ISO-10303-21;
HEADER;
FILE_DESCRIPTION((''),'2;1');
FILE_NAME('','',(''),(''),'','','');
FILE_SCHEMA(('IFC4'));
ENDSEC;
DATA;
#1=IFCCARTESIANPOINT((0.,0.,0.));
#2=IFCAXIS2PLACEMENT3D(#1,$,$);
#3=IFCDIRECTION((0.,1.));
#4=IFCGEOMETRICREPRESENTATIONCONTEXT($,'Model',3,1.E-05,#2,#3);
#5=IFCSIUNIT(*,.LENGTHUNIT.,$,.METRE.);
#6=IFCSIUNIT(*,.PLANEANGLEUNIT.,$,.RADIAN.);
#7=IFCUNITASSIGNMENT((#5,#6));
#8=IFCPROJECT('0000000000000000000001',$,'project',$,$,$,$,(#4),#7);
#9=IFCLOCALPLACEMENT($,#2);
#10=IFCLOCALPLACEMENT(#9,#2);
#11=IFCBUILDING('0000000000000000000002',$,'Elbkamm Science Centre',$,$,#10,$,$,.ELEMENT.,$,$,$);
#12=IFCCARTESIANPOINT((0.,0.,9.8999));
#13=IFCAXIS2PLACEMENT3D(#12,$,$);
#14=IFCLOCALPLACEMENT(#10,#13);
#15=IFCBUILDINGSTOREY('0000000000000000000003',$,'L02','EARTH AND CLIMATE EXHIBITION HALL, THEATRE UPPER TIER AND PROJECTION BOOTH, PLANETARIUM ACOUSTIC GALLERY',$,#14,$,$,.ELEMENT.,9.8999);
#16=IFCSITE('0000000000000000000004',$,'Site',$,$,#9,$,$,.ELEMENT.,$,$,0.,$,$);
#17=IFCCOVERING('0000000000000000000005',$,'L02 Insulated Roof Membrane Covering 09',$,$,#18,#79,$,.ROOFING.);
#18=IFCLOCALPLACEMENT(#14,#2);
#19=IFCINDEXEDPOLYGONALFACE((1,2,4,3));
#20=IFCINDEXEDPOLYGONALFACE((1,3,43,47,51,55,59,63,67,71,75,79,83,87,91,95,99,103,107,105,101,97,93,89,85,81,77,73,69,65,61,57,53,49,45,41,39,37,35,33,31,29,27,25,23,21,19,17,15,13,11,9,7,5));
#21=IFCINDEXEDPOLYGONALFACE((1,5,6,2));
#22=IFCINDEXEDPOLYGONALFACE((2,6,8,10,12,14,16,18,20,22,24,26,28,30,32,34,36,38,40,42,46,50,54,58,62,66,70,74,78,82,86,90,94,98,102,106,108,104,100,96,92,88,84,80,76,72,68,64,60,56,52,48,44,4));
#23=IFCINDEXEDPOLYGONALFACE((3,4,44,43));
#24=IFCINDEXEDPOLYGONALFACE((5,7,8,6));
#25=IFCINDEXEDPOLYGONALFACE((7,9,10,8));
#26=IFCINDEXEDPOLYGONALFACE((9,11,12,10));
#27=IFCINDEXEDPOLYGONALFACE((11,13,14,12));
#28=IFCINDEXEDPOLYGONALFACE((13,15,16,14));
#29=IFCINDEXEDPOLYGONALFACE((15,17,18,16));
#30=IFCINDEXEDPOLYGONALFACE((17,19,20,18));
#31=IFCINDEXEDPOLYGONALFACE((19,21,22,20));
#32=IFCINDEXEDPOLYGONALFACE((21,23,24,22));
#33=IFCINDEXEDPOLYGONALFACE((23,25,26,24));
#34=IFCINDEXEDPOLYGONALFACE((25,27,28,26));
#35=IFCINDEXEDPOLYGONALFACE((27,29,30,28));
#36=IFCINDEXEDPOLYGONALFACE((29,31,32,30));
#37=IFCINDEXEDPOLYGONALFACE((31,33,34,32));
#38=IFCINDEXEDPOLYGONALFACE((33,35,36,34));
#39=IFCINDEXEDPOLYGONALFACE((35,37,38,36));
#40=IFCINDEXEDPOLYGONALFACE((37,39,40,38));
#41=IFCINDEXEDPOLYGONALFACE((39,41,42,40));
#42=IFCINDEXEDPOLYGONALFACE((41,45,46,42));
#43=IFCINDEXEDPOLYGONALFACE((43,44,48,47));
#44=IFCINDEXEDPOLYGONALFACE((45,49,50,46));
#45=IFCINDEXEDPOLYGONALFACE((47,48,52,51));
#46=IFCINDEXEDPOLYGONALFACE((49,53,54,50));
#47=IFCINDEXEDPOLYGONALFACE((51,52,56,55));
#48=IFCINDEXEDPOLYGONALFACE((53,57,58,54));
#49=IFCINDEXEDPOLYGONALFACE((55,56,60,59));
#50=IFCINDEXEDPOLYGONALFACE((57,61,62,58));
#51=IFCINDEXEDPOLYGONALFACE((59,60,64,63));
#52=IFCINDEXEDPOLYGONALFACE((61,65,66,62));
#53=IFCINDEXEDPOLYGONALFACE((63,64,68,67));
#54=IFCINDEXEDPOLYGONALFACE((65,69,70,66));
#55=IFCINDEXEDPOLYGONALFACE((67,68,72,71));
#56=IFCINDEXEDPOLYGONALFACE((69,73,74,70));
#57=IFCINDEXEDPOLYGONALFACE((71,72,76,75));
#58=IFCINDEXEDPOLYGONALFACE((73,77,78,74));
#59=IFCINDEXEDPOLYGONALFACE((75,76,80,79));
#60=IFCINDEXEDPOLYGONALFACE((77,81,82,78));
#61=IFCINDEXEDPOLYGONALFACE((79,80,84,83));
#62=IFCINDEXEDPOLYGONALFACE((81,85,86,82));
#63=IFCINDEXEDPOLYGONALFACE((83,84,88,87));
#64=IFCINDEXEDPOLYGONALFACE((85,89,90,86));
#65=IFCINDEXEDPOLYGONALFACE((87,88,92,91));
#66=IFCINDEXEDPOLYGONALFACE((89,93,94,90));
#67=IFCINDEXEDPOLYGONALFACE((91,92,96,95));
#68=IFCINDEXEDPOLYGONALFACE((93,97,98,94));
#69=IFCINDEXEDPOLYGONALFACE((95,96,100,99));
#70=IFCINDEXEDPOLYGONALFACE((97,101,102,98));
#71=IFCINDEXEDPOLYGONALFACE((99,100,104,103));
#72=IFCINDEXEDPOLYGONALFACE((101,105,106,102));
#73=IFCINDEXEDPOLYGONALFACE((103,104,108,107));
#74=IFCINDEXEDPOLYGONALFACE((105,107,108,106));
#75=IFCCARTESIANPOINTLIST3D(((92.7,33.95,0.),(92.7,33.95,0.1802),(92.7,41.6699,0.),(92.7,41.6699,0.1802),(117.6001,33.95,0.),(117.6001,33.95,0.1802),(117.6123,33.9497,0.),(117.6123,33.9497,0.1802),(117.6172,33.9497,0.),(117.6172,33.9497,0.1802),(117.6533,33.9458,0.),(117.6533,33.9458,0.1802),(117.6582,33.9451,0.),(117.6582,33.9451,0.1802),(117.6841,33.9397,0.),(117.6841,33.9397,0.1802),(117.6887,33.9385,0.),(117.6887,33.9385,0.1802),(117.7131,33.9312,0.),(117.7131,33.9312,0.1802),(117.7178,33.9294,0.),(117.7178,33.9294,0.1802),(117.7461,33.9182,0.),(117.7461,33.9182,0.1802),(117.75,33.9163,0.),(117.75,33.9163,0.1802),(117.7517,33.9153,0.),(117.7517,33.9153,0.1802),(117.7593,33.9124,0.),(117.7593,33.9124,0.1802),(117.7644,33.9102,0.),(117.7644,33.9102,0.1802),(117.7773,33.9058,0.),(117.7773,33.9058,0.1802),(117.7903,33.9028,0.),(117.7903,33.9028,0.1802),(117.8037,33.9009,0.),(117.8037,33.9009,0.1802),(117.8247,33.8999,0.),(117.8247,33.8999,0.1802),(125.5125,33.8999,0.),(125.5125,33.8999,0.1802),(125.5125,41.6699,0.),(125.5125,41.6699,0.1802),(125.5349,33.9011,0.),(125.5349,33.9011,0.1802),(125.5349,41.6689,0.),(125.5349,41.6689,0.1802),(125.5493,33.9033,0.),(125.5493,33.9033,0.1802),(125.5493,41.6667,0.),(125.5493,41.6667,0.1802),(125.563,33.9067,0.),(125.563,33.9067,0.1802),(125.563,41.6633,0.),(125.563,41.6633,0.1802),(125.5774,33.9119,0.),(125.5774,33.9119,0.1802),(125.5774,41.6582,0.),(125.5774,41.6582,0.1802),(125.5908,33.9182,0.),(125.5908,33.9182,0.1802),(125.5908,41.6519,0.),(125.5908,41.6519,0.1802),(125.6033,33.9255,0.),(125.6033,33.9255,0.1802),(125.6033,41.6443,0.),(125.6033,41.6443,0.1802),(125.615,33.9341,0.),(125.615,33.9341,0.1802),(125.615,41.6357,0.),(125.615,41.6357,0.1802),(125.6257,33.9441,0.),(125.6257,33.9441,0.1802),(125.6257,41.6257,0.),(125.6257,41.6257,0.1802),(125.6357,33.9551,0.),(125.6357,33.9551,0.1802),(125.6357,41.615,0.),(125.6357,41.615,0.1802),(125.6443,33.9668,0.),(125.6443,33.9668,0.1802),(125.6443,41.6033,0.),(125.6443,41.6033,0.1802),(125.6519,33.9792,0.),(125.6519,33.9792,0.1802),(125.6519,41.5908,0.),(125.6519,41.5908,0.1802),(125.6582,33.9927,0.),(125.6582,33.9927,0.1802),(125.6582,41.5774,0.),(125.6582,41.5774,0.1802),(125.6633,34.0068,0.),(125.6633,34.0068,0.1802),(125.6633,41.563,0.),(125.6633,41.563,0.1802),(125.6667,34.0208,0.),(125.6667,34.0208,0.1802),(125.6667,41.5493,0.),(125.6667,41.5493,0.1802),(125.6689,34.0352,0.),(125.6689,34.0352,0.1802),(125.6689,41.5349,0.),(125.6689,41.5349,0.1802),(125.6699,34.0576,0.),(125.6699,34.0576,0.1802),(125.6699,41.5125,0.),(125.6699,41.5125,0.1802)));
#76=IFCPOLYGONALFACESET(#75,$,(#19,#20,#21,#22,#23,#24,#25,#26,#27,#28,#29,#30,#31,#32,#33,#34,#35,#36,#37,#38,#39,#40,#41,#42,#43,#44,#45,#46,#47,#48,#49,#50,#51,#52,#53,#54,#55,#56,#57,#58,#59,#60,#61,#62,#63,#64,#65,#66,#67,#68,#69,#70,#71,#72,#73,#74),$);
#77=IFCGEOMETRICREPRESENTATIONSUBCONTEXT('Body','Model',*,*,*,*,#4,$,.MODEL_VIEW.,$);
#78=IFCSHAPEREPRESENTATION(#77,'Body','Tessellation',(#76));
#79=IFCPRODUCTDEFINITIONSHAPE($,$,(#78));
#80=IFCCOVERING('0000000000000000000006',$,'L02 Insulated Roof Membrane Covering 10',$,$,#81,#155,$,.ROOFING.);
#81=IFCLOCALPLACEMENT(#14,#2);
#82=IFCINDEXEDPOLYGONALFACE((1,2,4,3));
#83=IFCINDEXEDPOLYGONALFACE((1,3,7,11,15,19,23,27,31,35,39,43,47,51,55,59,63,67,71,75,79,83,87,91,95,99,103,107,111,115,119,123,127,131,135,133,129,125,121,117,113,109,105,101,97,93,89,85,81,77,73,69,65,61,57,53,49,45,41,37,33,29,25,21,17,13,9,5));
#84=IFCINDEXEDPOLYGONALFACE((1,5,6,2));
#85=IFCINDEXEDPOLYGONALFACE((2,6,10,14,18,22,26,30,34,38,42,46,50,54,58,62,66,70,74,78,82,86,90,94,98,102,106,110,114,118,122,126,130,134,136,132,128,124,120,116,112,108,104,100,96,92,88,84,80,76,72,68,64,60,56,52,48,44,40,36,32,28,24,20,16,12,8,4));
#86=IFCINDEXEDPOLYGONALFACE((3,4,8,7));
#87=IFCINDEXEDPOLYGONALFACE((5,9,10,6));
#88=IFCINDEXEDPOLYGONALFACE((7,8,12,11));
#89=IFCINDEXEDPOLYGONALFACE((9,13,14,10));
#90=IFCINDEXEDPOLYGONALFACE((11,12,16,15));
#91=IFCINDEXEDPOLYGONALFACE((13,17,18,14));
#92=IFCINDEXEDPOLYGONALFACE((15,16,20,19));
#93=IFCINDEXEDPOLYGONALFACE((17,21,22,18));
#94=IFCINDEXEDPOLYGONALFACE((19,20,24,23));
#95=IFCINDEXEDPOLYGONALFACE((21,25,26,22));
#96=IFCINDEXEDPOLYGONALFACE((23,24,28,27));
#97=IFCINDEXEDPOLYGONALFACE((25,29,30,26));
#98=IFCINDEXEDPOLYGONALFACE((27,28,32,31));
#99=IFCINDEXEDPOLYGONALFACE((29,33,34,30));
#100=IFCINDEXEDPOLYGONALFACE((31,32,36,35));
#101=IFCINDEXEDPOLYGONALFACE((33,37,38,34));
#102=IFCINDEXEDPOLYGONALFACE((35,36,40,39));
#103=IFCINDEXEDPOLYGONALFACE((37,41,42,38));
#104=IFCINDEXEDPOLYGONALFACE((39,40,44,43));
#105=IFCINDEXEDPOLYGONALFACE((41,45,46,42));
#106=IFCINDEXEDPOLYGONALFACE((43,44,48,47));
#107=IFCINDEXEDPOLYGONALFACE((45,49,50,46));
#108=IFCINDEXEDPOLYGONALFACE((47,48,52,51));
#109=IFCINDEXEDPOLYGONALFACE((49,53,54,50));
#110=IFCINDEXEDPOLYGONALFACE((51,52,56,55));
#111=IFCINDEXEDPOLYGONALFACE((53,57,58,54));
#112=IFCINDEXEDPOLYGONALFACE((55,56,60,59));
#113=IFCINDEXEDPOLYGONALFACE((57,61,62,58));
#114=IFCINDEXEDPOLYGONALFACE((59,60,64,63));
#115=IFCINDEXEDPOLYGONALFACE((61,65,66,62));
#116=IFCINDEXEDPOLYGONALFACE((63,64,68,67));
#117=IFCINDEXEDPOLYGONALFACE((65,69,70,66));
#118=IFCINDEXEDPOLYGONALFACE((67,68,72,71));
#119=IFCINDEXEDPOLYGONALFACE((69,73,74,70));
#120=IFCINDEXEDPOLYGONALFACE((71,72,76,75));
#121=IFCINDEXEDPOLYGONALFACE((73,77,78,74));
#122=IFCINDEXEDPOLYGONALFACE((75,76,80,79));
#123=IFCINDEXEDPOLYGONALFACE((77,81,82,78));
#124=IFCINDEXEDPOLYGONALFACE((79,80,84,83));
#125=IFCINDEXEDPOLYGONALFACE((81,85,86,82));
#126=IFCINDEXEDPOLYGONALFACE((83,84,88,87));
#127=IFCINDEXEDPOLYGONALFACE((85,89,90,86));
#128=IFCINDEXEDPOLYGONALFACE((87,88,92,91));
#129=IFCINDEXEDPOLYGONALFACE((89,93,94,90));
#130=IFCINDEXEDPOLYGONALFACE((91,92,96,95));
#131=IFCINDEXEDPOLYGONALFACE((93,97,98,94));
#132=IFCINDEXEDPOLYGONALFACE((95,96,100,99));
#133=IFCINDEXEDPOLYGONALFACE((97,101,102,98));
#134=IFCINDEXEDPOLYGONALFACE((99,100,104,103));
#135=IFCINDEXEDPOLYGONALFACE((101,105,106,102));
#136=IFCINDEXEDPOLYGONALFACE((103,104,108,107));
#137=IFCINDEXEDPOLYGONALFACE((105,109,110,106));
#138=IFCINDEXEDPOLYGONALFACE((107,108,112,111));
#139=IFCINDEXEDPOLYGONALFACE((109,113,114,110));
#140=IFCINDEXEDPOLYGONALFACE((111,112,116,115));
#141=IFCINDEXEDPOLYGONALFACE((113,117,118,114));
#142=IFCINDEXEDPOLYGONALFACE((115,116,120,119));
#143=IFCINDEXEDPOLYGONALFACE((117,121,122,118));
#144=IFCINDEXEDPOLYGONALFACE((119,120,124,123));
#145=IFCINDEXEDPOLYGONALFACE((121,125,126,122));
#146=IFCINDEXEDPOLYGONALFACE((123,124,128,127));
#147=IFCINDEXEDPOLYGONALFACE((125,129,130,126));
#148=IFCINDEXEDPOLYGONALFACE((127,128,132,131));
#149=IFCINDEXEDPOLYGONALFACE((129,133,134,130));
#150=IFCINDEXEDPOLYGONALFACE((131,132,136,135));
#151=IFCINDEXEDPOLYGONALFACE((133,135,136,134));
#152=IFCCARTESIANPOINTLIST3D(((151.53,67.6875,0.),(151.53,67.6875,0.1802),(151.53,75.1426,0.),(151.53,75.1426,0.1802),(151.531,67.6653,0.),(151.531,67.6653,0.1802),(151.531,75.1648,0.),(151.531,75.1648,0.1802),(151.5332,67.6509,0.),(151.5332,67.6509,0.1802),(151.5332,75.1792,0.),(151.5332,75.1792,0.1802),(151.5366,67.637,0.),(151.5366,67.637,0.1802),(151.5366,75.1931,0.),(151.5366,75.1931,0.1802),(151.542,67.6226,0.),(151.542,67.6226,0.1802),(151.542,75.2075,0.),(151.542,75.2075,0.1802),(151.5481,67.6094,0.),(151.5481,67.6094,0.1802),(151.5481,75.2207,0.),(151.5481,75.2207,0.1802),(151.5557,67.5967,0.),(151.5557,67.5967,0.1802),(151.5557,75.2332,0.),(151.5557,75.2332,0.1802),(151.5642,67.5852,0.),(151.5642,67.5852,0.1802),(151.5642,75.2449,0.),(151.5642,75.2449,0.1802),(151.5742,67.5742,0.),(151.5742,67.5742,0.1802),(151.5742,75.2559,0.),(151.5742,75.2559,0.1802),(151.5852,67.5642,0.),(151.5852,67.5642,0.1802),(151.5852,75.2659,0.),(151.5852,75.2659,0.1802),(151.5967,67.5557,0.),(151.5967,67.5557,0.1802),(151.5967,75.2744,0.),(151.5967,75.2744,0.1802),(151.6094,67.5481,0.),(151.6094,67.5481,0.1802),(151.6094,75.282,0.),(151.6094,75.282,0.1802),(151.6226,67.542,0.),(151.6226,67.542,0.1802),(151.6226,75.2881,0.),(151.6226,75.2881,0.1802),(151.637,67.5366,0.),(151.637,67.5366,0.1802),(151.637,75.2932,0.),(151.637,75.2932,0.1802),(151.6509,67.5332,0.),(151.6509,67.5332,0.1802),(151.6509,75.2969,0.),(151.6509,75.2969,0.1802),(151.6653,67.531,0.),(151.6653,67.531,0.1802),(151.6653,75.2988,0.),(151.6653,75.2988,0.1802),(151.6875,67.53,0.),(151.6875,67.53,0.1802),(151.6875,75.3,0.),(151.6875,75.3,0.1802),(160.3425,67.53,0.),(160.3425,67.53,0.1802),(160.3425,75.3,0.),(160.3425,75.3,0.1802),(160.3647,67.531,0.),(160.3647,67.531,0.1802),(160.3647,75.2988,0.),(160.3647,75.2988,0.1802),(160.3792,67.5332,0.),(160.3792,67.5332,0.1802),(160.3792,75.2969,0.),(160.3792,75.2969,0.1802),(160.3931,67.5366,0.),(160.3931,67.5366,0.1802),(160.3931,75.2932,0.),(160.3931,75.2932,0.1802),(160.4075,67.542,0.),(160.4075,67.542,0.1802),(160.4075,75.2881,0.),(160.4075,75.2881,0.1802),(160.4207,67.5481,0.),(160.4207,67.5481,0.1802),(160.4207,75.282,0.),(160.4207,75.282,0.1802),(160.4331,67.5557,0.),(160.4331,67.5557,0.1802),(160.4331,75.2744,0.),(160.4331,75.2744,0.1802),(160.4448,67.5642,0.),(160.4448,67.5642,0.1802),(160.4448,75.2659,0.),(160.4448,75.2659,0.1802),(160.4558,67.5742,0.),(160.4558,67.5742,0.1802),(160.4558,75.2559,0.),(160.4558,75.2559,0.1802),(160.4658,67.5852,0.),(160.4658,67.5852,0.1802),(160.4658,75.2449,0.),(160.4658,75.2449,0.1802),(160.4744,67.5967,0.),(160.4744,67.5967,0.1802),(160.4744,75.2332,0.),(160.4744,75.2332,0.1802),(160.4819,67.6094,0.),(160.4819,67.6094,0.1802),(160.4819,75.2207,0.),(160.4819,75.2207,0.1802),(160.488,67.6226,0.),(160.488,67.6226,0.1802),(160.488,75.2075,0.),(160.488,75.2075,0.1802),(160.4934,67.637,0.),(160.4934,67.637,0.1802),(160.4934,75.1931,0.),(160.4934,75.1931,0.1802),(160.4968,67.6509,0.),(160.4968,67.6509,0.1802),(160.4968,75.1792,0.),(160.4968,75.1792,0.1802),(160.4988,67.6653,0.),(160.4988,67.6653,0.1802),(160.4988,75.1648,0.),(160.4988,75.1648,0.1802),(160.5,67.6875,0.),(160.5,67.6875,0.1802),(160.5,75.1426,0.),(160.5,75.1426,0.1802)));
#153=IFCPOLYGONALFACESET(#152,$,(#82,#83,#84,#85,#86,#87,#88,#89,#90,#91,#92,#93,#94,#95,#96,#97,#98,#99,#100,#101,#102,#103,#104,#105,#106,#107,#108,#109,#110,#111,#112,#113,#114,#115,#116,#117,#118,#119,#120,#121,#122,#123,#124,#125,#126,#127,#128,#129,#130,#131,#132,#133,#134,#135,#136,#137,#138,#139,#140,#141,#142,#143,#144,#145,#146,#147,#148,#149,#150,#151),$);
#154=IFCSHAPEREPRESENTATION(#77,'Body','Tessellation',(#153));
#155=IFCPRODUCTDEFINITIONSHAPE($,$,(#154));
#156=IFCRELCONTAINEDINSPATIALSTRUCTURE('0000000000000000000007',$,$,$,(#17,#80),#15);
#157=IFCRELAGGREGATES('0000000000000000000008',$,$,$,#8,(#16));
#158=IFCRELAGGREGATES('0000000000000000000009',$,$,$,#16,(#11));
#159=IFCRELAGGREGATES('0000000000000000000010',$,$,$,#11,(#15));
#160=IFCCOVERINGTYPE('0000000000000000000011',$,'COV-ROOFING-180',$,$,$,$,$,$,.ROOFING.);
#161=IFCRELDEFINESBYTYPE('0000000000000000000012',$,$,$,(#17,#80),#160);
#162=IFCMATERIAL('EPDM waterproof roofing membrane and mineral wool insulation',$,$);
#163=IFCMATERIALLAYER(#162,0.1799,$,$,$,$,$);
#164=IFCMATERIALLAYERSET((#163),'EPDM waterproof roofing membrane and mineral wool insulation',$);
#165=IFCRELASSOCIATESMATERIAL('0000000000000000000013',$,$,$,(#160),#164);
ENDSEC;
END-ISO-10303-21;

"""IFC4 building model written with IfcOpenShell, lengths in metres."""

from ifc_helpers import new_model, si_unit, direction, frame, origin, place, context, subcontext, project, spatial, polyline, outline, extrude, material, layer, layer_set, type_object, element, save


model = new_model("IFC4")

# Units and contexts
model_context = context("Model", 3, precision=1e-05, world=origin(), true_north=direction((0.0, 1.0)))
body_context = subcontext(model_context, "Body", "Model", "MODEL_VIEW")
ifc_project = project(units=[si_unit("LENGTHUNIT", "METRE"), si_unit("PLANEANGLEUNIT", "RADIAN")], contexts=[model_context])

# Site, building, storey
site_placement = place(None, origin())
site = spatial("IfcSite", under=ifc_project, at=site_placement, Name="Site", CompositionType="ELEMENT", RefElevation=0.0)
building_placement = place(site_placement, origin())
building = spatial("IfcBuilding", under=site, at=building_placement, Name="Elbkamm Science Centre", CompositionType="ELEMENT")
storey_placement = place(building_placement, frame((0.0, 0.0, 9.8999)))
storey = spatial("IfcBuildingStorey", under=building, at=storey_placement, Name="L02", Description="EARTH AND CLIMATE EXHIBITION HALL, THEATRE UPPER TIER AND PROJECTION BOOTH, PLANETARIUM ACOUSTIC GALLERY", CompositionType="ELEMENT", Elevation=9.8999)

# Coverings
ifc_material_1 = material(Name="EPDM waterproof roofing membrane and mineral wool insulation")
ifc_layer_1 = layer(ifc_material_1, 0.1799)
ifc_layer_set_1 = layer_set([ifc_layer_1], Name="EPDM waterproof roofing membrane and mineral wool insulation")
covering_type_1 = type_object("IfcCoveringType", Name="COV-ROOFING-180", PredefinedType="ROOFING", material=ifc_layer_set_1)
covering_1_placement = place(storey_placement, origin())
element("IfcCovering", 1, at=covering_1_placement, inside=storey, type_object=covering_type_1, Name="L02 Insulated Roof Membrane Covering 09", PredefinedType="ROOFING", context=body_context, shape_type="SweptSolid", body=[
    extrude(outline(polyline([(92.7, 41.6699), (125.5125, 41.6699), (125.5349, 41.6689), (125.5493, 41.6667), (125.563, 41.6633), (125.5774, 41.6582), (125.5908, 41.6519), (125.6033, 41.6443), (125.615, 41.6357), (125.6257, 41.6257), (125.6357, 41.615), (125.6443, 41.6033), (125.6519, 41.5908), (125.6582, 41.5774), (125.6633, 41.563), (125.6667, 41.5493), (125.6689, 41.5349), (125.6699, 41.5125), (125.6699, 34.0576), (125.6689, 34.0352), (125.6667, 34.0208), (125.6633, 34.0068), (125.6582, 33.9927), (125.6519, 33.9792), (125.6443, 33.9668), (125.6357, 33.9551), (125.6257, 33.9441), (125.615, 33.9341), (125.6033, 33.9255), (125.5908, 33.9182), (125.5774, 33.9119), (125.563, 33.9067), (125.5493, 33.9033), (125.5349, 33.9011), (125.5125, 33.8999), (117.8247, 33.8999), (117.8037, 33.9009), (117.7903, 33.9028), (117.7773, 33.9058), (117.7644, 33.9102), (117.7593, 33.9124), (117.7517, 33.9153), (117.75, 33.9163), (117.7461, 33.9182), (117.7178, 33.9294), (117.7131, 33.9312), (117.6887, 33.9385), (117.6841, 33.9397), (117.6582, 33.9451), (117.6533, 33.9458), (117.6172, 33.9497), (117.6123, 33.9497), (117.6001, 33.95), (92.7, 33.95), (92.7, 41.6699)])), origin(), (0.0, 0.0, 1.0), 0.1802),
])
covering_2_placement = place(storey_placement, origin())
element("IfcCovering", 2, at=covering_2_placement, inside=storey, type_object=covering_type_1, Name="L02 Insulated Roof Membrane Covering 10", PredefinedType="ROOFING", context=body_context, shape_type="SweptSolid", body=[
    extrude(outline(polyline([(160.4968, 67.6509), (160.4934, 67.637), (160.488, 67.6226), (160.4819, 67.6094), (160.4744, 67.5967), (160.4658, 67.5852), (160.4558, 67.5742), (160.4448, 67.5642), (160.4331, 67.5557), (160.4207, 67.5481), (160.4075, 67.542), (160.3931, 67.5366), (160.3792, 67.5332), (160.3647, 67.531), (160.3425, 67.53), (151.6875, 67.53), (151.6653, 67.531), (151.6509, 67.5332), (151.637, 67.5366), (151.6226, 67.542), (151.6094, 67.5481), (151.5967, 67.5557), (151.5852, 67.5642), (151.5742, 67.5742), (151.5642, 67.5852), (151.5557, 67.5967), (151.5481, 67.6094), (151.542, 67.6226), (151.5366, 67.637), (151.5332, 67.6509), (151.531, 67.6653), (151.53, 67.6875), (151.53, 75.1426), (151.531, 75.1648), (151.5332, 75.1792), (151.5366, 75.1931), (151.542, 75.2075), (151.5481, 75.2207), (151.5557, 75.2332), (151.5642, 75.2449), (151.5742, 75.2559), (151.5852, 75.2659), (151.5967, 75.2744), (151.6094, 75.282), (151.6226, 75.2881), (151.637, 75.2932), (151.6509, 75.2969), (151.6653, 75.2988), (151.6875, 75.3), (160.3425, 75.3), (160.3647, 75.2988), (160.3792, 75.2969), (160.3931, 75.2932), (160.4075, 75.2881), (160.4207, 75.282), (160.4331, 75.2744), (160.4448, 75.2659), (160.4558, 75.2559), (160.4658, 75.2449), (160.4744, 75.2332), (160.4819, 75.2207), (160.488, 75.2075), (160.4934, 75.1931), (160.4968, 75.1792), (160.4988, 75.1648), (160.5, 75.1426), (160.5, 67.6875), (160.4988, 67.6653), (160.4968, 67.6509)])), origin(), (0.0, 0.0, 1.0), 0.1802),
])

save(model, "model.ifc")
